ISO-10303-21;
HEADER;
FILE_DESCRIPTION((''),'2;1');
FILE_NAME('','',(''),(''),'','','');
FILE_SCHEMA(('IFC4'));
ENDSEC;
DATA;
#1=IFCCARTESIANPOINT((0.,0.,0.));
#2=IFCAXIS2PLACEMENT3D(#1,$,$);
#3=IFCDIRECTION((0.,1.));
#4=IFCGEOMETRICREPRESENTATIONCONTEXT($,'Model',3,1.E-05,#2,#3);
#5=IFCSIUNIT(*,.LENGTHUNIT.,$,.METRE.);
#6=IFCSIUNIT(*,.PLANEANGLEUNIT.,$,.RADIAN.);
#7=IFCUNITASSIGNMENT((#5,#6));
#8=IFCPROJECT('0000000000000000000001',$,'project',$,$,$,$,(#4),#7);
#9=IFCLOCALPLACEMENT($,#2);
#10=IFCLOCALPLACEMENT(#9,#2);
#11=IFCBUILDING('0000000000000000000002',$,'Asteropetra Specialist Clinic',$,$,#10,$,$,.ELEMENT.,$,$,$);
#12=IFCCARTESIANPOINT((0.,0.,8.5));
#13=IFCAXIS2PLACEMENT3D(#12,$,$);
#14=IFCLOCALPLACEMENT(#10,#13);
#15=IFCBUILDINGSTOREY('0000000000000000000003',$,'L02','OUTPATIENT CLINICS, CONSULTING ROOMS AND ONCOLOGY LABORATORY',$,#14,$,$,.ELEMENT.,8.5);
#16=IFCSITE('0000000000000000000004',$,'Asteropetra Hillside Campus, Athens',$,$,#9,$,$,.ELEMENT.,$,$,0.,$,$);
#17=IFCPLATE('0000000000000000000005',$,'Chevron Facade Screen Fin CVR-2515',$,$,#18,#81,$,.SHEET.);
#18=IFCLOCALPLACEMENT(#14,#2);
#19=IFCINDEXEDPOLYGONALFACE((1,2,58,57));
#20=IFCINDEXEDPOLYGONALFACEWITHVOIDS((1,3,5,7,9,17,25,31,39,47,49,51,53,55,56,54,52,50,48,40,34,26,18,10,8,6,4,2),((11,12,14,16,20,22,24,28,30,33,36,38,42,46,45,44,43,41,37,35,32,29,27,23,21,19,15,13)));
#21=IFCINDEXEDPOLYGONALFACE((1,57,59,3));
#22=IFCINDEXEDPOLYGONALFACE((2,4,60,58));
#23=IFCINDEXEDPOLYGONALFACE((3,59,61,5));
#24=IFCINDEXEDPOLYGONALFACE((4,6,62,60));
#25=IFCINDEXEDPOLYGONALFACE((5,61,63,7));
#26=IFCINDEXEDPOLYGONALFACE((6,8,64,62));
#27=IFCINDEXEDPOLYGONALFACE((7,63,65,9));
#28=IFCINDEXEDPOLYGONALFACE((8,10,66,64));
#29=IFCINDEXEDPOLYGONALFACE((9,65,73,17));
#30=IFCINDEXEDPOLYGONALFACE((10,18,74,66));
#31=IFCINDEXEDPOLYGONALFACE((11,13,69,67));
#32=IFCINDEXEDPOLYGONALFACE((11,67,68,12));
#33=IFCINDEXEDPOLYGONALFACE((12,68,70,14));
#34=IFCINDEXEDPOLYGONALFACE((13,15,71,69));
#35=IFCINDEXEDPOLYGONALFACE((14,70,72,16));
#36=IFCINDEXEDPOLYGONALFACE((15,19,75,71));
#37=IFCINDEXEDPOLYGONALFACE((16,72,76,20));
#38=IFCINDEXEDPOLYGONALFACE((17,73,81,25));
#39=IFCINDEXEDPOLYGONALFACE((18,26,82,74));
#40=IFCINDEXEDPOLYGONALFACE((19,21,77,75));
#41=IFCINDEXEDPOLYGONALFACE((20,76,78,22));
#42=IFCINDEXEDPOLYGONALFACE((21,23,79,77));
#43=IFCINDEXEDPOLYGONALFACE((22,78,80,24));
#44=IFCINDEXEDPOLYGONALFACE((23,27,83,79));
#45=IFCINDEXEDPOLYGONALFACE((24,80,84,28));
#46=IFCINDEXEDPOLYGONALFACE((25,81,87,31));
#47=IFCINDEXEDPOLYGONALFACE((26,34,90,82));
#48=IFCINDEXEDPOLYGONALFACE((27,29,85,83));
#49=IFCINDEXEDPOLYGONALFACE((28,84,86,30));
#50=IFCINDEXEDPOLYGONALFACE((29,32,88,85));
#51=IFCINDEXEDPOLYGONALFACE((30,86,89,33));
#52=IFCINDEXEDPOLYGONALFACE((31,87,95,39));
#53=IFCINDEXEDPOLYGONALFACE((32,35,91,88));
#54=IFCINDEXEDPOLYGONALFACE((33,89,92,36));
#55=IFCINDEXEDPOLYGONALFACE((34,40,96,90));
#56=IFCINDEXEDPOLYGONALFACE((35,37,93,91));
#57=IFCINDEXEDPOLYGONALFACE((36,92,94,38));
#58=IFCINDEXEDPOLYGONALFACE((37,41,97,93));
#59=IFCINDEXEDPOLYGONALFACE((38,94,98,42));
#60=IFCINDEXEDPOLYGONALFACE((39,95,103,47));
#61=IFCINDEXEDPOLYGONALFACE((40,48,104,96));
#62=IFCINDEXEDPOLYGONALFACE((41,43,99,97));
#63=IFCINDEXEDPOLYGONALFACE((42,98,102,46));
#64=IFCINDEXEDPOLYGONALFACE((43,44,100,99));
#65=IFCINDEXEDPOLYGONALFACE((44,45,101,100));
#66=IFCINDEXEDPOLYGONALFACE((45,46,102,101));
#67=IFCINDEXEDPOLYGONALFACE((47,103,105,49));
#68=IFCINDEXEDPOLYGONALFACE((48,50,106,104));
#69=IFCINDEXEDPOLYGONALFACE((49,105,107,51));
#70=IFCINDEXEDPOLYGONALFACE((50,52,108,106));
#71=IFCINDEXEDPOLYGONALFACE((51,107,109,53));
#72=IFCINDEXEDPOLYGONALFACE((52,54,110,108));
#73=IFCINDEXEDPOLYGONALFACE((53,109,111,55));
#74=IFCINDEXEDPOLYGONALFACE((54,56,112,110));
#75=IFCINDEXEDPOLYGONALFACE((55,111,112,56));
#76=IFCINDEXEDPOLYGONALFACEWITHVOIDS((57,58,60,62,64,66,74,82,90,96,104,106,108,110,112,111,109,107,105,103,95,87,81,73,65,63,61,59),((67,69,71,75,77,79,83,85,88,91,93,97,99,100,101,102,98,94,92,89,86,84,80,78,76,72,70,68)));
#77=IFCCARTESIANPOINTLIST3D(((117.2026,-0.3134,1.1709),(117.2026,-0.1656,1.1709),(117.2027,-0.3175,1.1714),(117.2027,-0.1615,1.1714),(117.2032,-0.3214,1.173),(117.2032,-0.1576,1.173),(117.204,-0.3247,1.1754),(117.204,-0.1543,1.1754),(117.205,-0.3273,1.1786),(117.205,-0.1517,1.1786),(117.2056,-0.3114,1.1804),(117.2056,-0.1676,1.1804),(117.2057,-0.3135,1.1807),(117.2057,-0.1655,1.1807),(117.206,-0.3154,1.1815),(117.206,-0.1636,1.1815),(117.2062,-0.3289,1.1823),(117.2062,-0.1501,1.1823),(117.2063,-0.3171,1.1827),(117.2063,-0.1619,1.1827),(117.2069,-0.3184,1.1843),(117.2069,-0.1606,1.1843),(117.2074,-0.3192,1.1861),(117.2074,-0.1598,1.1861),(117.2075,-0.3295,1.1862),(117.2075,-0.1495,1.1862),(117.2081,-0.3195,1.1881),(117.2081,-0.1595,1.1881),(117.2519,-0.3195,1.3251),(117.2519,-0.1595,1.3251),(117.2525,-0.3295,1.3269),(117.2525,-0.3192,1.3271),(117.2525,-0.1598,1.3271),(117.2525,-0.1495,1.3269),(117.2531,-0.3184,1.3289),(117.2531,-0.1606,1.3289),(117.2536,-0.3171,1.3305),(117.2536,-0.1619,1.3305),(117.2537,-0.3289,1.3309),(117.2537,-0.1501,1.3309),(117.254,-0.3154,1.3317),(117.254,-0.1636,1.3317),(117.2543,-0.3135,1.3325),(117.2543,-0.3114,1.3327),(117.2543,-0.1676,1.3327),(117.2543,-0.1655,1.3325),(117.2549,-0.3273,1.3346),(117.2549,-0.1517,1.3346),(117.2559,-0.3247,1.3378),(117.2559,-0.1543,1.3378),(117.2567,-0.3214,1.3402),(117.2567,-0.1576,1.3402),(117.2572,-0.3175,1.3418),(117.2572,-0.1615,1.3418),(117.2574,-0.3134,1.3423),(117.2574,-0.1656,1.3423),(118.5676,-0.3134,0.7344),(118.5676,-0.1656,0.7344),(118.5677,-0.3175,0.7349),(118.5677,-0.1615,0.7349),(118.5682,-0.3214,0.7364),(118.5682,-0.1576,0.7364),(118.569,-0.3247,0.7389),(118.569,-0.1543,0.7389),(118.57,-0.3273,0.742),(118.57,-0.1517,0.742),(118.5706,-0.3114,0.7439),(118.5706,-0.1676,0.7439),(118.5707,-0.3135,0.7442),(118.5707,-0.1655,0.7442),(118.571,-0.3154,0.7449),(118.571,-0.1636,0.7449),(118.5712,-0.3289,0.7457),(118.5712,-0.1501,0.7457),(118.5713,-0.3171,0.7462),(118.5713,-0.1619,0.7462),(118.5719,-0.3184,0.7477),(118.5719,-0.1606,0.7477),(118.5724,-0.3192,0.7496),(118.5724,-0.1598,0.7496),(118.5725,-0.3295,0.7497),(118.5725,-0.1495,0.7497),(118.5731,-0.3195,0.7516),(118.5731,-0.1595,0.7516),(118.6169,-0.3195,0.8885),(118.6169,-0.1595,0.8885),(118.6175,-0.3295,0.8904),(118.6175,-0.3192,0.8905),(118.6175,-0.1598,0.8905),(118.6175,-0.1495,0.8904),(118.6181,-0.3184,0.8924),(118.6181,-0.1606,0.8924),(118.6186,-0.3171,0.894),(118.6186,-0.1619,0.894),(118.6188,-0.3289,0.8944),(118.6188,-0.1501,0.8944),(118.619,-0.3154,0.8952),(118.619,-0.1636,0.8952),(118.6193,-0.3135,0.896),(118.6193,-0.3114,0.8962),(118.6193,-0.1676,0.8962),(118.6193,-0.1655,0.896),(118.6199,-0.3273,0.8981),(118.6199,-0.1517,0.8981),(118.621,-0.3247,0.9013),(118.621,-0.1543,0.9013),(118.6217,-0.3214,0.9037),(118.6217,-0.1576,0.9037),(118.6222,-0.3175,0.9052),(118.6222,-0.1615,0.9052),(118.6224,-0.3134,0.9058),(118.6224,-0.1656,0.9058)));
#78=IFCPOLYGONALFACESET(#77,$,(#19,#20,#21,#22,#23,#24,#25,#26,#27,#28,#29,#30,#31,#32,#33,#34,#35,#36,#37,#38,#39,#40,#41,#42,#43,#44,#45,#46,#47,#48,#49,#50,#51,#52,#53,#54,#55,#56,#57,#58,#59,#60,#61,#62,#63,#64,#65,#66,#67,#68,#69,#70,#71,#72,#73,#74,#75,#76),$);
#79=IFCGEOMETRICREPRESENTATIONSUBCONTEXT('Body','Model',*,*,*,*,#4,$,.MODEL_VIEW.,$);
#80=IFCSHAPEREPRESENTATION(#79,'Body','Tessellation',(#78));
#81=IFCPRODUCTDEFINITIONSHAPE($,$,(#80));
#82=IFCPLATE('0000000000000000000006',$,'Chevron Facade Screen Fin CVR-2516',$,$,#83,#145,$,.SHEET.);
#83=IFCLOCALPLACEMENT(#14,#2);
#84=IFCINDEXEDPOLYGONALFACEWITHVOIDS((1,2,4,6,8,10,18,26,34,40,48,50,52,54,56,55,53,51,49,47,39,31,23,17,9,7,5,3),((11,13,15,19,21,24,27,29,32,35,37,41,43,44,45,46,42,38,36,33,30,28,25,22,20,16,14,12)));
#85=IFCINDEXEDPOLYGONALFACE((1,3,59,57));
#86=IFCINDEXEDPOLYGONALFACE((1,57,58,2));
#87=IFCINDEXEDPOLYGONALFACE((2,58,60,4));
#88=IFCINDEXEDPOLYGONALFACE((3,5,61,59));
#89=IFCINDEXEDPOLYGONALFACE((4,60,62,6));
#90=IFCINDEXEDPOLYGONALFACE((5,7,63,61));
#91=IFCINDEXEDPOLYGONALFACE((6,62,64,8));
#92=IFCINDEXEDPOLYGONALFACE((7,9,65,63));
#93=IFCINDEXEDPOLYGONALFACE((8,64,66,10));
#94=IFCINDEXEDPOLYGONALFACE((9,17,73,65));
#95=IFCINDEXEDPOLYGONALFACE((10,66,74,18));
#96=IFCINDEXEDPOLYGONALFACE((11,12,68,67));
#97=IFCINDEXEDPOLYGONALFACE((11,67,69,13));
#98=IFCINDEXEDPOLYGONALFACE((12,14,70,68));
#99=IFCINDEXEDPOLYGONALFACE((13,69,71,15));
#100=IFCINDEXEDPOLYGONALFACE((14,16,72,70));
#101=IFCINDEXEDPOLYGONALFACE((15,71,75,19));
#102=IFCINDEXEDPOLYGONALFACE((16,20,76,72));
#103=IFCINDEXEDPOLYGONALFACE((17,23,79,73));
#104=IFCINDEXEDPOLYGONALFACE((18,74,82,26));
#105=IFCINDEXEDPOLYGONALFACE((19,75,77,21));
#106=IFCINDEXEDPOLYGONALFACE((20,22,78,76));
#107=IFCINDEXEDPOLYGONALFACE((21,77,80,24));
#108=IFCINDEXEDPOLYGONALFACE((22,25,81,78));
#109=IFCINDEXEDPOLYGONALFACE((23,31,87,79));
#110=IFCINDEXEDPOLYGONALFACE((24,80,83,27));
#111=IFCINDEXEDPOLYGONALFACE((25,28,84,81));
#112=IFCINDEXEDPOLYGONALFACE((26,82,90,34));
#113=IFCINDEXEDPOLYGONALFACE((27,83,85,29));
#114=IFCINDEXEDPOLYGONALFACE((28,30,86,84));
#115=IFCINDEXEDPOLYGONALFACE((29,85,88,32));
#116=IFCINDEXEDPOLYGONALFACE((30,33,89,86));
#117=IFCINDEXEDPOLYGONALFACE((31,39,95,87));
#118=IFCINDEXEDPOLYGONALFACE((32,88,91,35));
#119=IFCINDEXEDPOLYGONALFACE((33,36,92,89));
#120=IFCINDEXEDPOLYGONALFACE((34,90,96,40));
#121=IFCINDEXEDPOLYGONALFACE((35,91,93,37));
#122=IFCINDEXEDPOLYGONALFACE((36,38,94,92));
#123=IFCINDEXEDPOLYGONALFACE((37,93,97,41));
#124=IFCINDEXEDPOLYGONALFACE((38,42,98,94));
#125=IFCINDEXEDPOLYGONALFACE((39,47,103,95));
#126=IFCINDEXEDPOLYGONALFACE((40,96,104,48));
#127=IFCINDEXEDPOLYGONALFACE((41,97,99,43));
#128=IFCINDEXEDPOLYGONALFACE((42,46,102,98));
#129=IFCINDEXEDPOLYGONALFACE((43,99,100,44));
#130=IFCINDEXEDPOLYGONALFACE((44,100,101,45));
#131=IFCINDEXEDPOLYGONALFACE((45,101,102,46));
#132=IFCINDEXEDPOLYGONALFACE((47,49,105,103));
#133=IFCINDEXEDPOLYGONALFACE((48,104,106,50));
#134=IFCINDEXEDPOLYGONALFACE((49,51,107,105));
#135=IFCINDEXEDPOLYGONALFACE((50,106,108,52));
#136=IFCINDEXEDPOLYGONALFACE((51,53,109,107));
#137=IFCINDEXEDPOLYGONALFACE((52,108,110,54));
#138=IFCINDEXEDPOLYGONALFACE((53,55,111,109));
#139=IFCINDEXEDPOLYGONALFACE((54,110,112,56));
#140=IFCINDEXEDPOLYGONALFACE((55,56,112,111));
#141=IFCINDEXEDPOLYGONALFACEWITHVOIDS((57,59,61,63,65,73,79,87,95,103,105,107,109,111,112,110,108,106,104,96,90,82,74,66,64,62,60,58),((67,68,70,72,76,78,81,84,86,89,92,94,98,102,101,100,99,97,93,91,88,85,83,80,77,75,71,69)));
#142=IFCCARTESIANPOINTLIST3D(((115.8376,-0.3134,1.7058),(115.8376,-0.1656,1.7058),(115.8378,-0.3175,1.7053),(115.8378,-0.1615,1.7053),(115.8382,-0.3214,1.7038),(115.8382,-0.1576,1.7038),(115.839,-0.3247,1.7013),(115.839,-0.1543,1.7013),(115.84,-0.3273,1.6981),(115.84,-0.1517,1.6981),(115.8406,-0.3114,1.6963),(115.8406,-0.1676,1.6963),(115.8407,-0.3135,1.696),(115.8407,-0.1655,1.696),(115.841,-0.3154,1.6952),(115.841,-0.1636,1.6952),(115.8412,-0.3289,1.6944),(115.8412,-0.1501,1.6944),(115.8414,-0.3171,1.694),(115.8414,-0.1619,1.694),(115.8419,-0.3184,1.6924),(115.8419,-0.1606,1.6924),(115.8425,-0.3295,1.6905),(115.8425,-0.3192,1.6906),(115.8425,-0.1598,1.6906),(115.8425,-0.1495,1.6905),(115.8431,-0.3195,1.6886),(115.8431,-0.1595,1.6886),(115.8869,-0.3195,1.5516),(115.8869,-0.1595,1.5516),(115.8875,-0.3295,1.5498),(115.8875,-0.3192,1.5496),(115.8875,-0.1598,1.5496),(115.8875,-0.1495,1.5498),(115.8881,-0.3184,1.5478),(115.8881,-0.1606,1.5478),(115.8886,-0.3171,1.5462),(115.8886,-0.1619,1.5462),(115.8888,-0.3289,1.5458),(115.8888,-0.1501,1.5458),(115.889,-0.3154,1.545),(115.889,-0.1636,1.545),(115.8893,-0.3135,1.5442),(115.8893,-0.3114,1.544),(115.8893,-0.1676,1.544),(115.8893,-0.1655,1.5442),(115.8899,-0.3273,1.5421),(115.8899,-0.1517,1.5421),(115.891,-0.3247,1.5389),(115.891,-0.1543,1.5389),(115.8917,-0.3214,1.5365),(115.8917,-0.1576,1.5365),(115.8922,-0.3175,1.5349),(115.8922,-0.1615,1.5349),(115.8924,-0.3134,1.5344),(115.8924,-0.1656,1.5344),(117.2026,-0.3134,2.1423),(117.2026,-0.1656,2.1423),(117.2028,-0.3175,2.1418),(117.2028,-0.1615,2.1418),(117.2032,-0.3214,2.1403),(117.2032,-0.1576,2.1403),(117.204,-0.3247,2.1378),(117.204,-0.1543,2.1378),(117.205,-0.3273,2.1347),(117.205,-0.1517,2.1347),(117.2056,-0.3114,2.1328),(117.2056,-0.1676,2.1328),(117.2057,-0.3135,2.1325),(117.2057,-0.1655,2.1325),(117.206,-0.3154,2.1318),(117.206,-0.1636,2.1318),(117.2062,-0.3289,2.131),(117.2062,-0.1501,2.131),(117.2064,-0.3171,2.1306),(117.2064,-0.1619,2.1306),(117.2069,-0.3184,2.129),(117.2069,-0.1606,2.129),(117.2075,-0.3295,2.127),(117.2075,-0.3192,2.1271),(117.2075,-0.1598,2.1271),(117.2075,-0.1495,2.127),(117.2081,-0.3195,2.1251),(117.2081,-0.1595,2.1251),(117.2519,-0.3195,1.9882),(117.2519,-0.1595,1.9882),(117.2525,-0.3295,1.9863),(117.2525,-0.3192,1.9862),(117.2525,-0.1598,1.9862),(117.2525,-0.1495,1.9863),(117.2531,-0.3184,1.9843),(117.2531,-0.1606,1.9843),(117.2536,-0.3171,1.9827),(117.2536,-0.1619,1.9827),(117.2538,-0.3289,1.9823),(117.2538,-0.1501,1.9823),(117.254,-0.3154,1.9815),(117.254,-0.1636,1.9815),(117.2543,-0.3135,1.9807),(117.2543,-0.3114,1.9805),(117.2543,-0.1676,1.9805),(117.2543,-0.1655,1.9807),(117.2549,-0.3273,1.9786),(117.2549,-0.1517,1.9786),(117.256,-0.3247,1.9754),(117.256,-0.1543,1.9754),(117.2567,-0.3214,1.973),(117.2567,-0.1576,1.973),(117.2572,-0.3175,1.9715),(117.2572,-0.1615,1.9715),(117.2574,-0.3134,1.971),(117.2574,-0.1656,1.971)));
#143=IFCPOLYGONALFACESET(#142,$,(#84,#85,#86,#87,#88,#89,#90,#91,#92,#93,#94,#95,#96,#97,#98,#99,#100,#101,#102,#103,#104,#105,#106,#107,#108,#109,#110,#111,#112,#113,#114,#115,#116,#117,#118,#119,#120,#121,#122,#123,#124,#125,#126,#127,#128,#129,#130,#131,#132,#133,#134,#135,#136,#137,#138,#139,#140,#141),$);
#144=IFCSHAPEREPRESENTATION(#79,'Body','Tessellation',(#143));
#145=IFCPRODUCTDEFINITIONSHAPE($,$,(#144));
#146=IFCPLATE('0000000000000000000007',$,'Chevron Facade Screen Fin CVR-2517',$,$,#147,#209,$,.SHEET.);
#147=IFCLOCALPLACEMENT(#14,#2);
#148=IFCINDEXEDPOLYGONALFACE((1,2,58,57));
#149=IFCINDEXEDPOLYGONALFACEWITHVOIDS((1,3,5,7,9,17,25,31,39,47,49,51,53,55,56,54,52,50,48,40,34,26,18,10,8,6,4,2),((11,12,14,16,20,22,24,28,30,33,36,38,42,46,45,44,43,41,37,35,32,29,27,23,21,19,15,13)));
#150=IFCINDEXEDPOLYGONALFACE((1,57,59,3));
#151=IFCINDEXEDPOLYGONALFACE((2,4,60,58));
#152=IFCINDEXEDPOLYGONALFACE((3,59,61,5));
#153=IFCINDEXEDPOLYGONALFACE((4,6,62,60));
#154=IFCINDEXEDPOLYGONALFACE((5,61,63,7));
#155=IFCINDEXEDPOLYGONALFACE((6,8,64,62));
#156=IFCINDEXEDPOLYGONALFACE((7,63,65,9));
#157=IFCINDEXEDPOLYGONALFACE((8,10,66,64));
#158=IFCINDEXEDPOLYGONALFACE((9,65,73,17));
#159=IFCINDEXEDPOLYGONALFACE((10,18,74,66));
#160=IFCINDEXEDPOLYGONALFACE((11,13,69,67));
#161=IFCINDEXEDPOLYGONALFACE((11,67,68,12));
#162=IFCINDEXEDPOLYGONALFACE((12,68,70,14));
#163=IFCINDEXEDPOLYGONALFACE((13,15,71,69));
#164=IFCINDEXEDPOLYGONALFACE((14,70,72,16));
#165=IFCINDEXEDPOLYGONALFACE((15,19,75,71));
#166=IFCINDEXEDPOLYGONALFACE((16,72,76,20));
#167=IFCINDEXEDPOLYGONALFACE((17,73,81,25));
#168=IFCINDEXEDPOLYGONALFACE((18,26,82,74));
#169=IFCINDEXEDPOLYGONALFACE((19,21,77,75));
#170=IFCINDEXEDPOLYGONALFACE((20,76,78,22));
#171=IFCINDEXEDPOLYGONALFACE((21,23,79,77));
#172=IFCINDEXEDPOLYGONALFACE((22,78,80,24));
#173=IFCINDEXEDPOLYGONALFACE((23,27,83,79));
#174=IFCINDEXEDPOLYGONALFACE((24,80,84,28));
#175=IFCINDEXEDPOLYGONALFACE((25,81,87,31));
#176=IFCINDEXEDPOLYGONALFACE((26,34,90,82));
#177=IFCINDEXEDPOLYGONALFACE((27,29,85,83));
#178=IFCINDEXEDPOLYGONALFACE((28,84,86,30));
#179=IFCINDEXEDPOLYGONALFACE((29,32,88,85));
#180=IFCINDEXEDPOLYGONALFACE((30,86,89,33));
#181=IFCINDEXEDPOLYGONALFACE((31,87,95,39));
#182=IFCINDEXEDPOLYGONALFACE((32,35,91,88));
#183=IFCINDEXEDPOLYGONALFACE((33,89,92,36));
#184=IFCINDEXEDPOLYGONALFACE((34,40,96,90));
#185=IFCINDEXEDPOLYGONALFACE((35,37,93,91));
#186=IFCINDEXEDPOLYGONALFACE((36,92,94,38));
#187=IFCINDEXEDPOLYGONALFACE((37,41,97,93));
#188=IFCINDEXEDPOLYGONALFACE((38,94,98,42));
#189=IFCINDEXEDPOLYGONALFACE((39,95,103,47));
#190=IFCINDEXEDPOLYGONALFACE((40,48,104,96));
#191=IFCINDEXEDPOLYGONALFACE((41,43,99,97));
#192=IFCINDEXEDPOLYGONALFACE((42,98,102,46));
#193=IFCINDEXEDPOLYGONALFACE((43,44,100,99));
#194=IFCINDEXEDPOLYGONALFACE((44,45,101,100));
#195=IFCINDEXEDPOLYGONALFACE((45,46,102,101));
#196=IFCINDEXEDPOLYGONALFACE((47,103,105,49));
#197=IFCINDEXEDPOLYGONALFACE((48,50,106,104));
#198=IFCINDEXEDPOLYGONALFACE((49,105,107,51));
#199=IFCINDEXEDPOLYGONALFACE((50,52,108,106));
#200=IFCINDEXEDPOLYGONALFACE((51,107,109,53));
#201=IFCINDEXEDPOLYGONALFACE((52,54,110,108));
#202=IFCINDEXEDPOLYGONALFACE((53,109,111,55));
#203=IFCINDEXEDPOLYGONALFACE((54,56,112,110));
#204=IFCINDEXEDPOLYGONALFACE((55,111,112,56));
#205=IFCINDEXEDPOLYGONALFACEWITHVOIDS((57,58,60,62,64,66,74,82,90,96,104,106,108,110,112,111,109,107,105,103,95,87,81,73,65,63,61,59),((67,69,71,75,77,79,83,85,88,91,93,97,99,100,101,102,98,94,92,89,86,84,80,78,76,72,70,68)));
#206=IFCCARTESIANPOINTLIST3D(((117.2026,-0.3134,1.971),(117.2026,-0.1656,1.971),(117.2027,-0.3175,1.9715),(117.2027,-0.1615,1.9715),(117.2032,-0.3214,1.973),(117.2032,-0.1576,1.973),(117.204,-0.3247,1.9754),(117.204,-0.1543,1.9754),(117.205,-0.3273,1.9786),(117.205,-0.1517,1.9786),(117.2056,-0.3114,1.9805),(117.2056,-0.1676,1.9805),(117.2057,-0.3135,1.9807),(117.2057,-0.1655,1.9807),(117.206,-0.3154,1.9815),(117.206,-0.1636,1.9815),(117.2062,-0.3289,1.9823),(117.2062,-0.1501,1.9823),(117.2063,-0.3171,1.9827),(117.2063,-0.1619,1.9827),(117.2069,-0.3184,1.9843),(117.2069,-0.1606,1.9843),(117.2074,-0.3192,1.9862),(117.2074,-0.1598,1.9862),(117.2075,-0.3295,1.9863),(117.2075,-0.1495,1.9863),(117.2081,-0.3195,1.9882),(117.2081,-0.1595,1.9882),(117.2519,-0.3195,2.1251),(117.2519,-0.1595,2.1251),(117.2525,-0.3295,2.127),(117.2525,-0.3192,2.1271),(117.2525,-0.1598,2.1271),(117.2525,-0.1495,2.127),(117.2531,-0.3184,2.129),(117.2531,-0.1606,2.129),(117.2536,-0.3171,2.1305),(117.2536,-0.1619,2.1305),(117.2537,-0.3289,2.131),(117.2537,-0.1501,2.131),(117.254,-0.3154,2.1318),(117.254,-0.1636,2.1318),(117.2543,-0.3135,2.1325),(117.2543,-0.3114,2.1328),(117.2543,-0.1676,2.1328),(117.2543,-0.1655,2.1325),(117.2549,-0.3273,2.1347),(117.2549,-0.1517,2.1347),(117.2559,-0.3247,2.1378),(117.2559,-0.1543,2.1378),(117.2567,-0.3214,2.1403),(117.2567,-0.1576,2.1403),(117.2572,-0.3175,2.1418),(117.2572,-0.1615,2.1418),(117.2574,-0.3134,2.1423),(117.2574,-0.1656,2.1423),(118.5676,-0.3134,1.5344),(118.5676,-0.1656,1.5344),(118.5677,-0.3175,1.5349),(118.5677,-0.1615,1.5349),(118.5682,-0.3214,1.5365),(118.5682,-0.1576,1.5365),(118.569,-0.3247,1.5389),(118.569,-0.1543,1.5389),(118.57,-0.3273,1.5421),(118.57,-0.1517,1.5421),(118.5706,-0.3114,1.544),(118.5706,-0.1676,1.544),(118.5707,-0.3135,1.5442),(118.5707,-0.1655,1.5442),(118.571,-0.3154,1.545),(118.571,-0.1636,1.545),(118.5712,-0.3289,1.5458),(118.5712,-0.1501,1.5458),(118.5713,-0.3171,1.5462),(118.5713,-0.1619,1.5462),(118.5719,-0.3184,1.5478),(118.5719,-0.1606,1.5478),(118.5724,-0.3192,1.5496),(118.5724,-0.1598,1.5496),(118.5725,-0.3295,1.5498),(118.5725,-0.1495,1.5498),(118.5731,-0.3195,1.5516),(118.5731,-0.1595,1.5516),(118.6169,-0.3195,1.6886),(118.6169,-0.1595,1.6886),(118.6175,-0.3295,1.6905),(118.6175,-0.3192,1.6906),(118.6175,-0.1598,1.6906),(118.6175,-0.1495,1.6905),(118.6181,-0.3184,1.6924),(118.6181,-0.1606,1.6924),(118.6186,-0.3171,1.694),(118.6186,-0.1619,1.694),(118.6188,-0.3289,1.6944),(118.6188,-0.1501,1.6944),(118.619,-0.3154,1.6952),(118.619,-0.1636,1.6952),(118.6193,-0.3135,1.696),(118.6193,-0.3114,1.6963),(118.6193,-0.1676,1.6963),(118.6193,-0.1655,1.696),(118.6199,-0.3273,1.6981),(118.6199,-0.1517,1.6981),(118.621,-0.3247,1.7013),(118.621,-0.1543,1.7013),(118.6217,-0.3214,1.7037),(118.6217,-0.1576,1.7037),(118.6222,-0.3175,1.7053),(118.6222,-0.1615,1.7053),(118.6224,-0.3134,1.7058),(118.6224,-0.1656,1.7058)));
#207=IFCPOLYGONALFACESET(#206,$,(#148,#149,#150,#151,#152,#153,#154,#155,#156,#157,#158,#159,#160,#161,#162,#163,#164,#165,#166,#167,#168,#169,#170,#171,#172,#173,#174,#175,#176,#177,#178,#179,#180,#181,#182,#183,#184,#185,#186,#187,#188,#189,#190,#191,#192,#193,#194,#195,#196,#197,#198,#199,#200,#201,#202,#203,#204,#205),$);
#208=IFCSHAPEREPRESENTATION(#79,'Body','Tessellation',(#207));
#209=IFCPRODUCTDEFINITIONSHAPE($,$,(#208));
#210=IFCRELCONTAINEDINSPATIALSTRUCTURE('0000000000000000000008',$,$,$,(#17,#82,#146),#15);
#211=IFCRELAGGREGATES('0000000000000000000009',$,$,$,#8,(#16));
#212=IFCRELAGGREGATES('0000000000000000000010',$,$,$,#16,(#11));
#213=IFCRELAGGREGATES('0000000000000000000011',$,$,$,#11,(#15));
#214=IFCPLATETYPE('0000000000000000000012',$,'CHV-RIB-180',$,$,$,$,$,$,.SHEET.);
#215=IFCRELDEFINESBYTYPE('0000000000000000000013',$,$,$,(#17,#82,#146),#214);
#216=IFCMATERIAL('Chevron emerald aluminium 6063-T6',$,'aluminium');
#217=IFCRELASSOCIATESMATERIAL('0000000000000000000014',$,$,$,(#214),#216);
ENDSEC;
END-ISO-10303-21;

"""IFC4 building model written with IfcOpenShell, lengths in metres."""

from ifc_helpers import new_model, si_unit, direction, frame, origin, origin_2d, place, context, subcontext, project, spatial, hollow_rectangle, extrude, material, material_profile, profile_set, type_object, element, save


model = new_model("IFC4")

# Units and contexts
model_context = context("Model", 3, precision=1e-05, world=origin(), true_north=direction((0.0, 1.0)))
body_context = subcontext(model_context, "Body", "Model", "MODEL_VIEW")
ifc_project = project(units=[si_unit("LENGTHUNIT", "METRE"), si_unit("PLANEANGLEUNIT", "RADIAN")], contexts=[model_context])

# Site, building, storey
site_placement = place(None, origin())
site = spatial("IfcSite", under=ifc_project, at=site_placement, Name="Asteropetra Hillside Campus, Athens", CompositionType="ELEMENT", RefElevation=0.0)
building_placement = place(site_placement, origin())
building = spatial("IfcBuilding", under=site, at=building_placement, Name="Asteropetra Specialist Clinic", CompositionType="ELEMENT")
storey_placement = place(building_placement, frame((0.0, 0.0, 8.5)))
storey = spatial("IfcBuildingStorey", under=building, at=storey_placement, Name="L02", Description="OUTPATIENT CLINICS, CONSULTING ROOMS AND ONCOLOGY LABORATORY", CompositionType="ELEMENT", Elevation=8.5)

# Plates
ifc_material_1 = material(Name="Chevron emerald aluminium 6063-T6", Category="aluminium")
ifc_material_profile = material_profile(ifc_material_1, hollow_rectangle(XDim=0.1799, YDim=0.1799, WallThickness=0.01, InnerFilletRadius=0.0081, OuterFilletRadius=0.0161, at=origin_2d()), Name="SHS 180x180x10.0")
ifc_profile_set = profile_set([ifc_material_profile], Name="Chevron emerald aluminium 6063-T6")
plate_type = type_object("IfcPlateType", Name="CHV-RIB-180", PredefinedType="SHEET", material=ifc_profile_set)
for number, where, z_axis, x_axis, name in (
    (1, (117.23, -0.2395, 1.2566), (0.95248, 0.0, -0.304603), (0.0, 1.0, 0.0), "Chevron Facade Screen Fin CVR-2515"),
    (2, (115.865, -0.2395, 1.6201), (0.95248, 0.0, 0.304603), (0.0, 1.0, 0.0), "Chevron Facade Screen Fin CVR-2516"),
    (3, (117.23, -0.2395, 2.0566), (0.95248, 0.0, -0.304603), (0.0, 1.0, 0.0), "Chevron Facade Screen Fin CVR-2517"),
):
    element("IfcPlate", number, at=place(storey_placement, frame(where, z_axis=z_axis, x_axis=x_axis)), inside=storey, type_object=plate_type, Name=name, PredefinedType="SHEET", context=body_context, shape_type="SweptSolid", body=[
        extrude(hollow_rectangle(XDim=0.1799, YDim=0.1799, WallThickness=0.01, InnerFilletRadius=0.0081, OuterFilletRadius=0.0161, at=origin_2d()), origin(), (0.0, 0.0, 1.0), 1.4331),
    ])

save(model, "model.ifc")
